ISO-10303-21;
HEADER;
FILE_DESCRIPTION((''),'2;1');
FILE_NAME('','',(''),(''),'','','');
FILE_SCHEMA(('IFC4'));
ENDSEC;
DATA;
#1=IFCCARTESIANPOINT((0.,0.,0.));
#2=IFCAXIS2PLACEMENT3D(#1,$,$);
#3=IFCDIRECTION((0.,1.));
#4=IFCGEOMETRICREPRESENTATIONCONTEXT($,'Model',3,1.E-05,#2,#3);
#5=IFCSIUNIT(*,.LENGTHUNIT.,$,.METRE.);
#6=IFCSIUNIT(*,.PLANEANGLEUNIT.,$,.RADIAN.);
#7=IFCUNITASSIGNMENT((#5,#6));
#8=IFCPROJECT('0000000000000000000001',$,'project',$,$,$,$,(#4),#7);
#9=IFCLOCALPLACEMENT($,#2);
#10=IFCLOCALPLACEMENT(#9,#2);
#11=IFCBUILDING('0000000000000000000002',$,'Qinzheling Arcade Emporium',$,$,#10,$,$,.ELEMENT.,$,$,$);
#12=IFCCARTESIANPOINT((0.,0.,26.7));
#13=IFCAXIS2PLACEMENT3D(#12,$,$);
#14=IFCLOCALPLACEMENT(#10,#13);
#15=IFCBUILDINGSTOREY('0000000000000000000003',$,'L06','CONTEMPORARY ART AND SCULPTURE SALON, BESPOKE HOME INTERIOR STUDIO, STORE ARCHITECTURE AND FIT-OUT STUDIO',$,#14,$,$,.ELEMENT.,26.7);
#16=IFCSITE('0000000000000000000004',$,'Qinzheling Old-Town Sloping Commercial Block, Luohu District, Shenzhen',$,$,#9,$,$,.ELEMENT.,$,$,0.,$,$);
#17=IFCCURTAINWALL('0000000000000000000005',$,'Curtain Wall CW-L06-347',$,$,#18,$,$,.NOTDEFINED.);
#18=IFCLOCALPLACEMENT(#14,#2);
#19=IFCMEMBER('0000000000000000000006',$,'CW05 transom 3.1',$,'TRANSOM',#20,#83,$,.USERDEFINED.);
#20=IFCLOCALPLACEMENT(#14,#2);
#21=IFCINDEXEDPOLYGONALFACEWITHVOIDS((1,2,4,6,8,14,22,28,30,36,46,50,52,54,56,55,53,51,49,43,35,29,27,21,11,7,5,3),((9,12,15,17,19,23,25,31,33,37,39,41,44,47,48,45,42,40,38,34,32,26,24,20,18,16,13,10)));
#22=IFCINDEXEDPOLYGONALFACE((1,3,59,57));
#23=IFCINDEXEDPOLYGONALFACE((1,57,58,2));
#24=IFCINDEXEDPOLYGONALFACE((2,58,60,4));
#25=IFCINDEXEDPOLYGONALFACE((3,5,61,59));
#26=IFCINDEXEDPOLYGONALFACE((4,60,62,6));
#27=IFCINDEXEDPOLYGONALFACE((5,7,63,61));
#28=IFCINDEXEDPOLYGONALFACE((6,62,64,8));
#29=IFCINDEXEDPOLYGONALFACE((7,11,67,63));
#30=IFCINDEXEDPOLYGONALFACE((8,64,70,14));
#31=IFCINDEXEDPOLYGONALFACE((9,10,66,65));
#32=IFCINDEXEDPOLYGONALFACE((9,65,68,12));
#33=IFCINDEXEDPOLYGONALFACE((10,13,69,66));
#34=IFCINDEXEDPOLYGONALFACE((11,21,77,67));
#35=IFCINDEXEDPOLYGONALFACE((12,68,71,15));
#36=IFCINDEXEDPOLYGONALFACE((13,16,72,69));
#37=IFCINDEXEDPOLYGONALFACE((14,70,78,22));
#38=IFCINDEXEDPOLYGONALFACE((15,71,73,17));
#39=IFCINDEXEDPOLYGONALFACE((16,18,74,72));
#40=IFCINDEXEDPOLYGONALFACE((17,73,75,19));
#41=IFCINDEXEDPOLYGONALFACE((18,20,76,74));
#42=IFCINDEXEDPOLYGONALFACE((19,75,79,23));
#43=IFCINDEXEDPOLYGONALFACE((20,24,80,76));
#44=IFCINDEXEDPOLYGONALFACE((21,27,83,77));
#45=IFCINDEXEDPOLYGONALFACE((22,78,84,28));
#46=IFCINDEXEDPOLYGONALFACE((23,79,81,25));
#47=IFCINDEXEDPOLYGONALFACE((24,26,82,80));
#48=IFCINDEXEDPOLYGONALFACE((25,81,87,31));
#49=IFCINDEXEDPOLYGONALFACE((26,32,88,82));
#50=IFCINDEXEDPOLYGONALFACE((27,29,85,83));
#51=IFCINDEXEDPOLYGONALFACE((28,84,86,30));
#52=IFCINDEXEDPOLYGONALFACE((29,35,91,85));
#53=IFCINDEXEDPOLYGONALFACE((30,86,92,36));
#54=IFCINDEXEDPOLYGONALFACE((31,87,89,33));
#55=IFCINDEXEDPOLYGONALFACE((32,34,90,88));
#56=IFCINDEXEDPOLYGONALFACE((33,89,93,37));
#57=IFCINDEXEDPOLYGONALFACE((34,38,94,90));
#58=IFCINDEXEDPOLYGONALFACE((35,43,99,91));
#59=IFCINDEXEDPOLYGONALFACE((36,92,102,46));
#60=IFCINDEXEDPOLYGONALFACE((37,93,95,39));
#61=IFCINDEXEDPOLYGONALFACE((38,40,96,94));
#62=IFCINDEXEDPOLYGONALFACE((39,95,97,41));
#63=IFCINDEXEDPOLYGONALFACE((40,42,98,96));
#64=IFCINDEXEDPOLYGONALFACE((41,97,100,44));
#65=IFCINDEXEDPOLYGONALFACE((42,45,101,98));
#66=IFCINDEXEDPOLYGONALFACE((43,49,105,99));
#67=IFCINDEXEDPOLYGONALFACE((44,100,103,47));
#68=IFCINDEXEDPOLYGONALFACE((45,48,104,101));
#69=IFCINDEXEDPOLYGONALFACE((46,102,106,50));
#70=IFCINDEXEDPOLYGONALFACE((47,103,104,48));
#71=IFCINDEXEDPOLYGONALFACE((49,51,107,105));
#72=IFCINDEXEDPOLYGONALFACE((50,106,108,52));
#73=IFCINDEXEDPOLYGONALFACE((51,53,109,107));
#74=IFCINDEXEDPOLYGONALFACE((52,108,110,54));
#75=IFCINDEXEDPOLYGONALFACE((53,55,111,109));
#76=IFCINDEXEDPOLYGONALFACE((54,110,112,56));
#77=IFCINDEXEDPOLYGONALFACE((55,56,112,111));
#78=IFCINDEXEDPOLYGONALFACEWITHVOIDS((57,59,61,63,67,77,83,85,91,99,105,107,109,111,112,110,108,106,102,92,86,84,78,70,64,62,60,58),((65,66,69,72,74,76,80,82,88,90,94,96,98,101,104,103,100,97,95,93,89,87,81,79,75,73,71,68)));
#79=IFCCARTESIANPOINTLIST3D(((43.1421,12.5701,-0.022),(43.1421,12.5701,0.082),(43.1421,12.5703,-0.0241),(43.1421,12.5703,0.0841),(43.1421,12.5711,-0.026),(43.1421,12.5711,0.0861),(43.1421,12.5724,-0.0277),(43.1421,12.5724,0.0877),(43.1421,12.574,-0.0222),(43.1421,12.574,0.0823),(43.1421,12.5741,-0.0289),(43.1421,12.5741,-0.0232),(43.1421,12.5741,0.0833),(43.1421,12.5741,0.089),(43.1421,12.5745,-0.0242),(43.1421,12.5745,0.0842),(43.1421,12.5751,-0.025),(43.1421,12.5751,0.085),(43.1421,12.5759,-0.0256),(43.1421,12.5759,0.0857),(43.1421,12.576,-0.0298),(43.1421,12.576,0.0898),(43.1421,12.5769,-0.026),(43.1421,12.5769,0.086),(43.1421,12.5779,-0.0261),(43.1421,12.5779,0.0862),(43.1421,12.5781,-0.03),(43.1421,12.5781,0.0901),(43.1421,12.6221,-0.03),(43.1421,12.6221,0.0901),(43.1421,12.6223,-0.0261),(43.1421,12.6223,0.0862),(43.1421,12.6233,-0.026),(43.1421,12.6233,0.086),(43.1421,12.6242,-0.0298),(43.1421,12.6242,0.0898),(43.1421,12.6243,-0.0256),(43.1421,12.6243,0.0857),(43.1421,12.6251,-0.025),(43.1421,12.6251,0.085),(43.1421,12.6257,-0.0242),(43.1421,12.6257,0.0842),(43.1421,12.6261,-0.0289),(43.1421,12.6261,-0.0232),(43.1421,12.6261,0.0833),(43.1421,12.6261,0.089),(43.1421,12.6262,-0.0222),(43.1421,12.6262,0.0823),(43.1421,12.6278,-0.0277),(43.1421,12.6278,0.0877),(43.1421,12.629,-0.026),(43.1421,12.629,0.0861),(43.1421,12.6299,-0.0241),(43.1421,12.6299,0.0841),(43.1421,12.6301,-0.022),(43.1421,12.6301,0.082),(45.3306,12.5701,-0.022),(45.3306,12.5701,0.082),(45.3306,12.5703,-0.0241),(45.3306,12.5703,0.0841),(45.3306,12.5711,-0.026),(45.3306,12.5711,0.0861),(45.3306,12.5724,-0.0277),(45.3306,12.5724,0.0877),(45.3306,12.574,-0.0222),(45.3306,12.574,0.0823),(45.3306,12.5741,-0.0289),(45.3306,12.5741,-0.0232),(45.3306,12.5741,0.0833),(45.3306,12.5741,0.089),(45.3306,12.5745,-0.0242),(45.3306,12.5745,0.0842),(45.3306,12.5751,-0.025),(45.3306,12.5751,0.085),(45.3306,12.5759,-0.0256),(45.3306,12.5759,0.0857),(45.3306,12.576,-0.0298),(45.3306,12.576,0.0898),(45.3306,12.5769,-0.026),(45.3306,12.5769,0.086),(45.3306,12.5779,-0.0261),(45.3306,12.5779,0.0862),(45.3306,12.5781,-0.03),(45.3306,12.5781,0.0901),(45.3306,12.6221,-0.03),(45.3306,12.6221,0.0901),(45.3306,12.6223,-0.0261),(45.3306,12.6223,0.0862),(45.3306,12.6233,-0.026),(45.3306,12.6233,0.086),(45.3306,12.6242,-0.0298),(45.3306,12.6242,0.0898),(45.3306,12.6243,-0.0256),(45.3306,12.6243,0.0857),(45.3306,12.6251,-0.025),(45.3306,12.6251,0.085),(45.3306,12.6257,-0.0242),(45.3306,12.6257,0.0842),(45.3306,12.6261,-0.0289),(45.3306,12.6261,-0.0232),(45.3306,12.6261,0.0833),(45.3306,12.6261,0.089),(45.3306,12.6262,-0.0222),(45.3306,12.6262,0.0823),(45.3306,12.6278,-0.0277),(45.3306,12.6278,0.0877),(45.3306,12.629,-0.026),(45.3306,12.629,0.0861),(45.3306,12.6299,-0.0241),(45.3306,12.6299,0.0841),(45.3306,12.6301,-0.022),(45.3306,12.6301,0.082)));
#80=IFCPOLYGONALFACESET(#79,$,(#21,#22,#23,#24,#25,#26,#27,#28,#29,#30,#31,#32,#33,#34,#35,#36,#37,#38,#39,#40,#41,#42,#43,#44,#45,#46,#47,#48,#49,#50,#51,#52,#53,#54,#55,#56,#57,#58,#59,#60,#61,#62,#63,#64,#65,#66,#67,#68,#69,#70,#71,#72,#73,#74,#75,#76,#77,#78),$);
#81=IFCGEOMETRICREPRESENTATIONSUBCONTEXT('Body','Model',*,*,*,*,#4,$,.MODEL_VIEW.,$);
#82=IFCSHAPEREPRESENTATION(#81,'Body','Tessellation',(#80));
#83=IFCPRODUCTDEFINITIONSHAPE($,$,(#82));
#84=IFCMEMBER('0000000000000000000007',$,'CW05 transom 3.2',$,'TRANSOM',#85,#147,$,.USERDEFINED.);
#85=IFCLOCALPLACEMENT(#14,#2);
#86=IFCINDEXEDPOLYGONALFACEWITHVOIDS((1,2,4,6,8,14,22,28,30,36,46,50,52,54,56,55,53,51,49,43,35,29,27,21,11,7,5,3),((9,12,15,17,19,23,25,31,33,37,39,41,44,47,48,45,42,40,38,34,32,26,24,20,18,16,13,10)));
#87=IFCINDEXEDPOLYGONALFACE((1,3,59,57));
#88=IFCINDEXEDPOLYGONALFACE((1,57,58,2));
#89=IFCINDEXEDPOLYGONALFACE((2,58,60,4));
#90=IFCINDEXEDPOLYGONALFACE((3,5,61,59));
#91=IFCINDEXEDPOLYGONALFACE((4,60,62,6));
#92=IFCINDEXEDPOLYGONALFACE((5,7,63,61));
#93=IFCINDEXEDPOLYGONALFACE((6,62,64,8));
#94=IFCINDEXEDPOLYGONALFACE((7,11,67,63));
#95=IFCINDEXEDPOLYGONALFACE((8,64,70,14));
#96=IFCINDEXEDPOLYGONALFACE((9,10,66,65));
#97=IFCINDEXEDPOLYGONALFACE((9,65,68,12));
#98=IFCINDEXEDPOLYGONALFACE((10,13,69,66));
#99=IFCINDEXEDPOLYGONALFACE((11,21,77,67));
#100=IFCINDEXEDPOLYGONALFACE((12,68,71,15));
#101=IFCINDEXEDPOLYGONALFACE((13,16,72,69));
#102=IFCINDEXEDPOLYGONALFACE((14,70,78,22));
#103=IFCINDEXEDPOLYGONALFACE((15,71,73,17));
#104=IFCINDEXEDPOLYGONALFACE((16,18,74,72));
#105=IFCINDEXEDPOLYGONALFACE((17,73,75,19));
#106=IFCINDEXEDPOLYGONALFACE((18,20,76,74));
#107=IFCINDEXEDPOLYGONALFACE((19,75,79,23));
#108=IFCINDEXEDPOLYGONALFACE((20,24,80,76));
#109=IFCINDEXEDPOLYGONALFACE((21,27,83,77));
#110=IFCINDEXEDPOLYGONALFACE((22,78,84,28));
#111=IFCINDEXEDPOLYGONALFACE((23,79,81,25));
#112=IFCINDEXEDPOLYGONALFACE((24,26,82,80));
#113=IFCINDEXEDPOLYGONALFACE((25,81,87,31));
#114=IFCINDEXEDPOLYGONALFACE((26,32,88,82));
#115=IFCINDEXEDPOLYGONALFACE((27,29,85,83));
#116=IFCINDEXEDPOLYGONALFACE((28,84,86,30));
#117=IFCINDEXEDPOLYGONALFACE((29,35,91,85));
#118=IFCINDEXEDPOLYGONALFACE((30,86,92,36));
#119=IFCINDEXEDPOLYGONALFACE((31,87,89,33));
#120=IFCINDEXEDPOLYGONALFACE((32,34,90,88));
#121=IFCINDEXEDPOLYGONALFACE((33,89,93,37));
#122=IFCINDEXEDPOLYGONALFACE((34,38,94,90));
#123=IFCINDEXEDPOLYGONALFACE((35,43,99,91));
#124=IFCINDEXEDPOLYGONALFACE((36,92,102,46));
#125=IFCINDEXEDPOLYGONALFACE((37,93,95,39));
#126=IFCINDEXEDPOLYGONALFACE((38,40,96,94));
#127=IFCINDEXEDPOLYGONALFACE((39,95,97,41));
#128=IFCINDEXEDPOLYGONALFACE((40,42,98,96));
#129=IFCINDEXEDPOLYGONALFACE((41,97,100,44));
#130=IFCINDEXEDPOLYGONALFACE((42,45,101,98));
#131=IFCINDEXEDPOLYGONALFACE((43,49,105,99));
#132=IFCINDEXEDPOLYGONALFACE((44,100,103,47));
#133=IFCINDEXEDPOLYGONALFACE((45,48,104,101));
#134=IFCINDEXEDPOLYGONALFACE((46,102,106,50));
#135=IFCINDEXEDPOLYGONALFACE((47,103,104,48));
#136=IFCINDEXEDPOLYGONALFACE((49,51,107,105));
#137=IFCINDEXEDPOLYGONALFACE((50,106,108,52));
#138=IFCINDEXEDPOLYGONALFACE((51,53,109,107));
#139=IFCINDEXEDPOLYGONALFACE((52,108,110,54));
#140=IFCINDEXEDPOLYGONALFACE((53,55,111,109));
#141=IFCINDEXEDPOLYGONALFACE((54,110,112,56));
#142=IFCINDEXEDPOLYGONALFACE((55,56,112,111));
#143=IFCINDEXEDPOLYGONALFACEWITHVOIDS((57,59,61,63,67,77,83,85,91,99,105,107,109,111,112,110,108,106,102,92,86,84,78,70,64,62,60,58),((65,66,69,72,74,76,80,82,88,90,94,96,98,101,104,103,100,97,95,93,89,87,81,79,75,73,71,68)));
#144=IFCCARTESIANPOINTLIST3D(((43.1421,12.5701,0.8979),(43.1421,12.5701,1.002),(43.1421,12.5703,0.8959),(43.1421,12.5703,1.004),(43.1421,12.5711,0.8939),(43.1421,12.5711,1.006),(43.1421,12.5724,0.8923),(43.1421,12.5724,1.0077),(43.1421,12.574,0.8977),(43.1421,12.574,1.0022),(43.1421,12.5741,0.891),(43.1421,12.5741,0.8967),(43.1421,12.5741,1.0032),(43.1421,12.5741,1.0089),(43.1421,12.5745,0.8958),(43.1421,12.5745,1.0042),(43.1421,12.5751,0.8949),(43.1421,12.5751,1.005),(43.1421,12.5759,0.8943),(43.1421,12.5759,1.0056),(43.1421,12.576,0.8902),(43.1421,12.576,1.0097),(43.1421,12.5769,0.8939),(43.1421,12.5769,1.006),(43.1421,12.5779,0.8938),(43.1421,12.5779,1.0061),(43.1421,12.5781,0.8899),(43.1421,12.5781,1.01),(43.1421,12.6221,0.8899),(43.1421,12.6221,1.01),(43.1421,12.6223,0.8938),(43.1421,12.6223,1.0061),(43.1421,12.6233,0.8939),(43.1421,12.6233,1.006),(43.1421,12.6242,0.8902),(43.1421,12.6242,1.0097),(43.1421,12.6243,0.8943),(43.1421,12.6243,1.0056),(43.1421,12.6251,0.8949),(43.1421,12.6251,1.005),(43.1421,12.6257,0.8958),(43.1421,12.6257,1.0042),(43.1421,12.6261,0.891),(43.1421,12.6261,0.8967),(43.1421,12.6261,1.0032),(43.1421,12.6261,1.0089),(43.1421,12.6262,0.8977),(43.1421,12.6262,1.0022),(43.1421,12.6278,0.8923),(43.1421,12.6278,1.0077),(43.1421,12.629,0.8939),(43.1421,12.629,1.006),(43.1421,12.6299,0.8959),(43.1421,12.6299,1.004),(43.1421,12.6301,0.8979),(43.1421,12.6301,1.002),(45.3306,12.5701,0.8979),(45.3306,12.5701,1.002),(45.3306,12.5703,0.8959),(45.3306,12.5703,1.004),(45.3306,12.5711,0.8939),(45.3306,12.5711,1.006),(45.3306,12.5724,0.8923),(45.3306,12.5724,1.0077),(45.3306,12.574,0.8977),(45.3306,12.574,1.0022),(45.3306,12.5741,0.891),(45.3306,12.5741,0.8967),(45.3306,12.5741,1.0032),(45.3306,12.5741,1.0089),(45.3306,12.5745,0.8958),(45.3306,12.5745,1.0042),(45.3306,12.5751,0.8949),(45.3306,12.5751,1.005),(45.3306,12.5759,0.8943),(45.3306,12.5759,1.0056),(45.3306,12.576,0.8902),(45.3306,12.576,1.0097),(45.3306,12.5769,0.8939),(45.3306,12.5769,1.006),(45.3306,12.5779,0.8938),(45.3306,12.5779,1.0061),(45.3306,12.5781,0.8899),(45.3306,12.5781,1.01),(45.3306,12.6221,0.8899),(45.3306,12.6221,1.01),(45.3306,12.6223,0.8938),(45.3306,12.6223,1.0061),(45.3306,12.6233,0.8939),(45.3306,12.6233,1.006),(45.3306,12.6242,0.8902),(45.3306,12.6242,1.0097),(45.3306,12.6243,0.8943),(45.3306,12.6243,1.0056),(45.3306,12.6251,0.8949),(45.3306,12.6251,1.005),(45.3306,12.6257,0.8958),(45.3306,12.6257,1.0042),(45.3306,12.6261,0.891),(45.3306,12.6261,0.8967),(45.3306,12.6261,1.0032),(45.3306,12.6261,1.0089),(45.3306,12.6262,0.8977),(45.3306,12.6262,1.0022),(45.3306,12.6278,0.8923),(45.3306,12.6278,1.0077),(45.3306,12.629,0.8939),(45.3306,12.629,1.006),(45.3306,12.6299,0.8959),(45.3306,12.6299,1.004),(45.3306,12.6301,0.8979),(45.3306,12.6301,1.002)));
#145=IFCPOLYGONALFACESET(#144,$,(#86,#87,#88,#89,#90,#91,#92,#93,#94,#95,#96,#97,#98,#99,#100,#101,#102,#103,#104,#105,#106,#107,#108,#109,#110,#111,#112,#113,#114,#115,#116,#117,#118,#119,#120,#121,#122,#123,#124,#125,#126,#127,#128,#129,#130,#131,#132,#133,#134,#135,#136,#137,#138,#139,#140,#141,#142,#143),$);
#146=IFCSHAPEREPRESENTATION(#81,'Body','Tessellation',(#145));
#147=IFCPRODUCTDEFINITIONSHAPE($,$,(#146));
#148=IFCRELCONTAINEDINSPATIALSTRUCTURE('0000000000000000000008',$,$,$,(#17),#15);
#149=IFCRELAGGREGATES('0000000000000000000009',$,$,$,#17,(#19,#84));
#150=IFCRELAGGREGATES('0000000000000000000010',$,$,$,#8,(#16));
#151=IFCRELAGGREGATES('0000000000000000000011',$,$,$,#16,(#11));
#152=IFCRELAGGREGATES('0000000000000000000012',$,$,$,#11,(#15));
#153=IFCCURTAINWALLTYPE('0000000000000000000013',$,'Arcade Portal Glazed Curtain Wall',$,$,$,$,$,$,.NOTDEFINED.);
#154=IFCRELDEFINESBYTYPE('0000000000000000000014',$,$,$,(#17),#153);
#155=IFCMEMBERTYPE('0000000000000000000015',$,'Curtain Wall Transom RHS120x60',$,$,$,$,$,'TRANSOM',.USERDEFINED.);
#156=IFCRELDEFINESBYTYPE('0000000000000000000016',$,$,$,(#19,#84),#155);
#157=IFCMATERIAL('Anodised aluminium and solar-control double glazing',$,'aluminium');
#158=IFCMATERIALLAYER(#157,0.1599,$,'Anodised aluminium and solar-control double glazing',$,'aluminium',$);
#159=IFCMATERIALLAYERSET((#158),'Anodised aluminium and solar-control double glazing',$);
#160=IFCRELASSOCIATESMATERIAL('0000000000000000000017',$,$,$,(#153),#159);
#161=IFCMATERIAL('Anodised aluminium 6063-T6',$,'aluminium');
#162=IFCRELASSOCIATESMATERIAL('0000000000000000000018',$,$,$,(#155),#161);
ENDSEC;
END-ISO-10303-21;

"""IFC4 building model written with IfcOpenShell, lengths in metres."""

from ifc_helpers import new_model, si_unit, direction, frame, origin, origin_2d, place, context, subcontext, project, spatial, hollow_rectangle, extrude, material, layer, layer_set, material_profile, profile_set, type_object, element, aggregate, save


model = new_model("IFC4")

# Units and contexts
model_context = context("Model", 3, precision=1e-05, world=origin(), true_north=direction((0.0, 1.0)))
body_context = subcontext(model_context, "Body", "Model", "MODEL_VIEW")
ifc_project = project(units=[si_unit("LENGTHUNIT", "METRE"), si_unit("PLANEANGLEUNIT", "RADIAN")], contexts=[model_context])

# Site, building, storey
site_placement = place(None, origin())
site = spatial("IfcSite", under=ifc_project, at=site_placement, Name="Qinzheling Old-Town Sloping Commercial Block, Luohu District, Shenzhen", CompositionType="ELEMENT", RefElevation=0.0)
building_placement = place(site_placement, origin())
building = spatial("IfcBuilding", under=site, at=building_placement, Name="Qinzheling Arcade Emporium", CompositionType="ELEMENT")
storey_placement = place(building_placement, frame((0.0, 0.0, 26.7)))
storey = spatial("IfcBuildingStorey", under=building, at=storey_placement, Name="L06", Description="CONTEMPORARY ART AND SCULPTURE SALON, BESPOKE HOME INTERIOR STUDIO, STORE ARCHITECTURE AND FIT-OUT STUDIO", CompositionType="ELEMENT", Elevation=26.7)

# Shared definitions
ifc_material_1 = material(Name="Anodised aluminium and solar-control double glazing", Category="aluminium")
ifc_layer_1 = layer(ifc_material_1, 0.1599, Name="Anodised aluminium and solar-control double glazing", Category="aluminium")
ifc_layer_set_1 = layer_set([ifc_layer_1], Name="Anodised aluminium and solar-control double glazing")
curtain_wall_type = type_object("IfcCurtainWallType", Name="Arcade Portal Glazed Curtain Wall", PredefinedType="NOTDEFINED", material=ifc_layer_set_1)
ifc_material_2 = material(Name="Anodised aluminium 6063-T6", Category="aluminium")

# Curtain wall, members
curtain_wall_1_placement = place(storey_placement, origin())
curtain_wall_1 = element("IfcCurtainWall", 1, at=curtain_wall_1_placement, inside=storey, type_object=curtain_wall_type, Name="Curtain Wall CW-L06-347", PredefinedType="NOTDEFINED")
ifc_material_profile_1 = material_profile(ifc_material_2, hollow_rectangle(XDim=0.0601, YDim=0.1201, WallThickness=0.0039, InnerFilletRadius=0.0039, OuterFilletRadius=0.0081, at=origin_2d()), Name="RHS 120x60x4", Category="aluminium")
ifc_profile_set_1 = profile_set([ifc_material_profile_1], Name="Anodised aluminium 6063-T6")
member_type_1 = type_object("IfcMemberType", Name="Curtain Wall Transom RHS120x60", ElementType="TRANSOM", PredefinedType="USERDEFINED", material=ifc_profile_set_1)
member_1_placement = place(storey_placement, frame((45.3306, 12.6001, 0.03), z_axis=(-1.0, 0.0, 0.0), x_axis=(0.0, -1.0, 0.0)))
member_1 = element("IfcMember", 2, at=member_1_placement, type_object=member_type_1, Name="CW05 transom 3.1", ObjectType="TRANSOM", PredefinedType="USERDEFINED", context=body_context, shape_type="SweptSolid", body=[
    extrude(hollow_rectangle(XDim=0.0601, YDim=0.1201, WallThickness=0.0039, InnerFilletRadius=0.0039, OuterFilletRadius=0.0081, at=origin_2d()), origin(), (0.0, 0.0, 1.0), 2.1885),
])
member_2_placement = place(storey_placement, frame((45.3306, 12.6001, 0.95), z_axis=(-1.0, 0.0, 0.0), x_axis=(0.0, -1.0, 0.0)))
member_2 = element("IfcMember", 3, at=member_2_placement, type_object=member_type_1, Name="CW05 transom 3.2", ObjectType="TRANSOM", PredefinedType="USERDEFINED", context=body_context, shape_type="SweptSolid", body=[
    extrude(hollow_rectangle(XDim=0.0601, YDim=0.1201, WallThickness=0.0039, InnerFilletRadius=0.0039, OuterFilletRadius=0.0081, at=origin_2d()), origin(), (0.0, 0.0, 1.0), 2.1885),
])
aggregate(curtain_wall_1, [member_1, member_2])

save(model, "model.ifc")
